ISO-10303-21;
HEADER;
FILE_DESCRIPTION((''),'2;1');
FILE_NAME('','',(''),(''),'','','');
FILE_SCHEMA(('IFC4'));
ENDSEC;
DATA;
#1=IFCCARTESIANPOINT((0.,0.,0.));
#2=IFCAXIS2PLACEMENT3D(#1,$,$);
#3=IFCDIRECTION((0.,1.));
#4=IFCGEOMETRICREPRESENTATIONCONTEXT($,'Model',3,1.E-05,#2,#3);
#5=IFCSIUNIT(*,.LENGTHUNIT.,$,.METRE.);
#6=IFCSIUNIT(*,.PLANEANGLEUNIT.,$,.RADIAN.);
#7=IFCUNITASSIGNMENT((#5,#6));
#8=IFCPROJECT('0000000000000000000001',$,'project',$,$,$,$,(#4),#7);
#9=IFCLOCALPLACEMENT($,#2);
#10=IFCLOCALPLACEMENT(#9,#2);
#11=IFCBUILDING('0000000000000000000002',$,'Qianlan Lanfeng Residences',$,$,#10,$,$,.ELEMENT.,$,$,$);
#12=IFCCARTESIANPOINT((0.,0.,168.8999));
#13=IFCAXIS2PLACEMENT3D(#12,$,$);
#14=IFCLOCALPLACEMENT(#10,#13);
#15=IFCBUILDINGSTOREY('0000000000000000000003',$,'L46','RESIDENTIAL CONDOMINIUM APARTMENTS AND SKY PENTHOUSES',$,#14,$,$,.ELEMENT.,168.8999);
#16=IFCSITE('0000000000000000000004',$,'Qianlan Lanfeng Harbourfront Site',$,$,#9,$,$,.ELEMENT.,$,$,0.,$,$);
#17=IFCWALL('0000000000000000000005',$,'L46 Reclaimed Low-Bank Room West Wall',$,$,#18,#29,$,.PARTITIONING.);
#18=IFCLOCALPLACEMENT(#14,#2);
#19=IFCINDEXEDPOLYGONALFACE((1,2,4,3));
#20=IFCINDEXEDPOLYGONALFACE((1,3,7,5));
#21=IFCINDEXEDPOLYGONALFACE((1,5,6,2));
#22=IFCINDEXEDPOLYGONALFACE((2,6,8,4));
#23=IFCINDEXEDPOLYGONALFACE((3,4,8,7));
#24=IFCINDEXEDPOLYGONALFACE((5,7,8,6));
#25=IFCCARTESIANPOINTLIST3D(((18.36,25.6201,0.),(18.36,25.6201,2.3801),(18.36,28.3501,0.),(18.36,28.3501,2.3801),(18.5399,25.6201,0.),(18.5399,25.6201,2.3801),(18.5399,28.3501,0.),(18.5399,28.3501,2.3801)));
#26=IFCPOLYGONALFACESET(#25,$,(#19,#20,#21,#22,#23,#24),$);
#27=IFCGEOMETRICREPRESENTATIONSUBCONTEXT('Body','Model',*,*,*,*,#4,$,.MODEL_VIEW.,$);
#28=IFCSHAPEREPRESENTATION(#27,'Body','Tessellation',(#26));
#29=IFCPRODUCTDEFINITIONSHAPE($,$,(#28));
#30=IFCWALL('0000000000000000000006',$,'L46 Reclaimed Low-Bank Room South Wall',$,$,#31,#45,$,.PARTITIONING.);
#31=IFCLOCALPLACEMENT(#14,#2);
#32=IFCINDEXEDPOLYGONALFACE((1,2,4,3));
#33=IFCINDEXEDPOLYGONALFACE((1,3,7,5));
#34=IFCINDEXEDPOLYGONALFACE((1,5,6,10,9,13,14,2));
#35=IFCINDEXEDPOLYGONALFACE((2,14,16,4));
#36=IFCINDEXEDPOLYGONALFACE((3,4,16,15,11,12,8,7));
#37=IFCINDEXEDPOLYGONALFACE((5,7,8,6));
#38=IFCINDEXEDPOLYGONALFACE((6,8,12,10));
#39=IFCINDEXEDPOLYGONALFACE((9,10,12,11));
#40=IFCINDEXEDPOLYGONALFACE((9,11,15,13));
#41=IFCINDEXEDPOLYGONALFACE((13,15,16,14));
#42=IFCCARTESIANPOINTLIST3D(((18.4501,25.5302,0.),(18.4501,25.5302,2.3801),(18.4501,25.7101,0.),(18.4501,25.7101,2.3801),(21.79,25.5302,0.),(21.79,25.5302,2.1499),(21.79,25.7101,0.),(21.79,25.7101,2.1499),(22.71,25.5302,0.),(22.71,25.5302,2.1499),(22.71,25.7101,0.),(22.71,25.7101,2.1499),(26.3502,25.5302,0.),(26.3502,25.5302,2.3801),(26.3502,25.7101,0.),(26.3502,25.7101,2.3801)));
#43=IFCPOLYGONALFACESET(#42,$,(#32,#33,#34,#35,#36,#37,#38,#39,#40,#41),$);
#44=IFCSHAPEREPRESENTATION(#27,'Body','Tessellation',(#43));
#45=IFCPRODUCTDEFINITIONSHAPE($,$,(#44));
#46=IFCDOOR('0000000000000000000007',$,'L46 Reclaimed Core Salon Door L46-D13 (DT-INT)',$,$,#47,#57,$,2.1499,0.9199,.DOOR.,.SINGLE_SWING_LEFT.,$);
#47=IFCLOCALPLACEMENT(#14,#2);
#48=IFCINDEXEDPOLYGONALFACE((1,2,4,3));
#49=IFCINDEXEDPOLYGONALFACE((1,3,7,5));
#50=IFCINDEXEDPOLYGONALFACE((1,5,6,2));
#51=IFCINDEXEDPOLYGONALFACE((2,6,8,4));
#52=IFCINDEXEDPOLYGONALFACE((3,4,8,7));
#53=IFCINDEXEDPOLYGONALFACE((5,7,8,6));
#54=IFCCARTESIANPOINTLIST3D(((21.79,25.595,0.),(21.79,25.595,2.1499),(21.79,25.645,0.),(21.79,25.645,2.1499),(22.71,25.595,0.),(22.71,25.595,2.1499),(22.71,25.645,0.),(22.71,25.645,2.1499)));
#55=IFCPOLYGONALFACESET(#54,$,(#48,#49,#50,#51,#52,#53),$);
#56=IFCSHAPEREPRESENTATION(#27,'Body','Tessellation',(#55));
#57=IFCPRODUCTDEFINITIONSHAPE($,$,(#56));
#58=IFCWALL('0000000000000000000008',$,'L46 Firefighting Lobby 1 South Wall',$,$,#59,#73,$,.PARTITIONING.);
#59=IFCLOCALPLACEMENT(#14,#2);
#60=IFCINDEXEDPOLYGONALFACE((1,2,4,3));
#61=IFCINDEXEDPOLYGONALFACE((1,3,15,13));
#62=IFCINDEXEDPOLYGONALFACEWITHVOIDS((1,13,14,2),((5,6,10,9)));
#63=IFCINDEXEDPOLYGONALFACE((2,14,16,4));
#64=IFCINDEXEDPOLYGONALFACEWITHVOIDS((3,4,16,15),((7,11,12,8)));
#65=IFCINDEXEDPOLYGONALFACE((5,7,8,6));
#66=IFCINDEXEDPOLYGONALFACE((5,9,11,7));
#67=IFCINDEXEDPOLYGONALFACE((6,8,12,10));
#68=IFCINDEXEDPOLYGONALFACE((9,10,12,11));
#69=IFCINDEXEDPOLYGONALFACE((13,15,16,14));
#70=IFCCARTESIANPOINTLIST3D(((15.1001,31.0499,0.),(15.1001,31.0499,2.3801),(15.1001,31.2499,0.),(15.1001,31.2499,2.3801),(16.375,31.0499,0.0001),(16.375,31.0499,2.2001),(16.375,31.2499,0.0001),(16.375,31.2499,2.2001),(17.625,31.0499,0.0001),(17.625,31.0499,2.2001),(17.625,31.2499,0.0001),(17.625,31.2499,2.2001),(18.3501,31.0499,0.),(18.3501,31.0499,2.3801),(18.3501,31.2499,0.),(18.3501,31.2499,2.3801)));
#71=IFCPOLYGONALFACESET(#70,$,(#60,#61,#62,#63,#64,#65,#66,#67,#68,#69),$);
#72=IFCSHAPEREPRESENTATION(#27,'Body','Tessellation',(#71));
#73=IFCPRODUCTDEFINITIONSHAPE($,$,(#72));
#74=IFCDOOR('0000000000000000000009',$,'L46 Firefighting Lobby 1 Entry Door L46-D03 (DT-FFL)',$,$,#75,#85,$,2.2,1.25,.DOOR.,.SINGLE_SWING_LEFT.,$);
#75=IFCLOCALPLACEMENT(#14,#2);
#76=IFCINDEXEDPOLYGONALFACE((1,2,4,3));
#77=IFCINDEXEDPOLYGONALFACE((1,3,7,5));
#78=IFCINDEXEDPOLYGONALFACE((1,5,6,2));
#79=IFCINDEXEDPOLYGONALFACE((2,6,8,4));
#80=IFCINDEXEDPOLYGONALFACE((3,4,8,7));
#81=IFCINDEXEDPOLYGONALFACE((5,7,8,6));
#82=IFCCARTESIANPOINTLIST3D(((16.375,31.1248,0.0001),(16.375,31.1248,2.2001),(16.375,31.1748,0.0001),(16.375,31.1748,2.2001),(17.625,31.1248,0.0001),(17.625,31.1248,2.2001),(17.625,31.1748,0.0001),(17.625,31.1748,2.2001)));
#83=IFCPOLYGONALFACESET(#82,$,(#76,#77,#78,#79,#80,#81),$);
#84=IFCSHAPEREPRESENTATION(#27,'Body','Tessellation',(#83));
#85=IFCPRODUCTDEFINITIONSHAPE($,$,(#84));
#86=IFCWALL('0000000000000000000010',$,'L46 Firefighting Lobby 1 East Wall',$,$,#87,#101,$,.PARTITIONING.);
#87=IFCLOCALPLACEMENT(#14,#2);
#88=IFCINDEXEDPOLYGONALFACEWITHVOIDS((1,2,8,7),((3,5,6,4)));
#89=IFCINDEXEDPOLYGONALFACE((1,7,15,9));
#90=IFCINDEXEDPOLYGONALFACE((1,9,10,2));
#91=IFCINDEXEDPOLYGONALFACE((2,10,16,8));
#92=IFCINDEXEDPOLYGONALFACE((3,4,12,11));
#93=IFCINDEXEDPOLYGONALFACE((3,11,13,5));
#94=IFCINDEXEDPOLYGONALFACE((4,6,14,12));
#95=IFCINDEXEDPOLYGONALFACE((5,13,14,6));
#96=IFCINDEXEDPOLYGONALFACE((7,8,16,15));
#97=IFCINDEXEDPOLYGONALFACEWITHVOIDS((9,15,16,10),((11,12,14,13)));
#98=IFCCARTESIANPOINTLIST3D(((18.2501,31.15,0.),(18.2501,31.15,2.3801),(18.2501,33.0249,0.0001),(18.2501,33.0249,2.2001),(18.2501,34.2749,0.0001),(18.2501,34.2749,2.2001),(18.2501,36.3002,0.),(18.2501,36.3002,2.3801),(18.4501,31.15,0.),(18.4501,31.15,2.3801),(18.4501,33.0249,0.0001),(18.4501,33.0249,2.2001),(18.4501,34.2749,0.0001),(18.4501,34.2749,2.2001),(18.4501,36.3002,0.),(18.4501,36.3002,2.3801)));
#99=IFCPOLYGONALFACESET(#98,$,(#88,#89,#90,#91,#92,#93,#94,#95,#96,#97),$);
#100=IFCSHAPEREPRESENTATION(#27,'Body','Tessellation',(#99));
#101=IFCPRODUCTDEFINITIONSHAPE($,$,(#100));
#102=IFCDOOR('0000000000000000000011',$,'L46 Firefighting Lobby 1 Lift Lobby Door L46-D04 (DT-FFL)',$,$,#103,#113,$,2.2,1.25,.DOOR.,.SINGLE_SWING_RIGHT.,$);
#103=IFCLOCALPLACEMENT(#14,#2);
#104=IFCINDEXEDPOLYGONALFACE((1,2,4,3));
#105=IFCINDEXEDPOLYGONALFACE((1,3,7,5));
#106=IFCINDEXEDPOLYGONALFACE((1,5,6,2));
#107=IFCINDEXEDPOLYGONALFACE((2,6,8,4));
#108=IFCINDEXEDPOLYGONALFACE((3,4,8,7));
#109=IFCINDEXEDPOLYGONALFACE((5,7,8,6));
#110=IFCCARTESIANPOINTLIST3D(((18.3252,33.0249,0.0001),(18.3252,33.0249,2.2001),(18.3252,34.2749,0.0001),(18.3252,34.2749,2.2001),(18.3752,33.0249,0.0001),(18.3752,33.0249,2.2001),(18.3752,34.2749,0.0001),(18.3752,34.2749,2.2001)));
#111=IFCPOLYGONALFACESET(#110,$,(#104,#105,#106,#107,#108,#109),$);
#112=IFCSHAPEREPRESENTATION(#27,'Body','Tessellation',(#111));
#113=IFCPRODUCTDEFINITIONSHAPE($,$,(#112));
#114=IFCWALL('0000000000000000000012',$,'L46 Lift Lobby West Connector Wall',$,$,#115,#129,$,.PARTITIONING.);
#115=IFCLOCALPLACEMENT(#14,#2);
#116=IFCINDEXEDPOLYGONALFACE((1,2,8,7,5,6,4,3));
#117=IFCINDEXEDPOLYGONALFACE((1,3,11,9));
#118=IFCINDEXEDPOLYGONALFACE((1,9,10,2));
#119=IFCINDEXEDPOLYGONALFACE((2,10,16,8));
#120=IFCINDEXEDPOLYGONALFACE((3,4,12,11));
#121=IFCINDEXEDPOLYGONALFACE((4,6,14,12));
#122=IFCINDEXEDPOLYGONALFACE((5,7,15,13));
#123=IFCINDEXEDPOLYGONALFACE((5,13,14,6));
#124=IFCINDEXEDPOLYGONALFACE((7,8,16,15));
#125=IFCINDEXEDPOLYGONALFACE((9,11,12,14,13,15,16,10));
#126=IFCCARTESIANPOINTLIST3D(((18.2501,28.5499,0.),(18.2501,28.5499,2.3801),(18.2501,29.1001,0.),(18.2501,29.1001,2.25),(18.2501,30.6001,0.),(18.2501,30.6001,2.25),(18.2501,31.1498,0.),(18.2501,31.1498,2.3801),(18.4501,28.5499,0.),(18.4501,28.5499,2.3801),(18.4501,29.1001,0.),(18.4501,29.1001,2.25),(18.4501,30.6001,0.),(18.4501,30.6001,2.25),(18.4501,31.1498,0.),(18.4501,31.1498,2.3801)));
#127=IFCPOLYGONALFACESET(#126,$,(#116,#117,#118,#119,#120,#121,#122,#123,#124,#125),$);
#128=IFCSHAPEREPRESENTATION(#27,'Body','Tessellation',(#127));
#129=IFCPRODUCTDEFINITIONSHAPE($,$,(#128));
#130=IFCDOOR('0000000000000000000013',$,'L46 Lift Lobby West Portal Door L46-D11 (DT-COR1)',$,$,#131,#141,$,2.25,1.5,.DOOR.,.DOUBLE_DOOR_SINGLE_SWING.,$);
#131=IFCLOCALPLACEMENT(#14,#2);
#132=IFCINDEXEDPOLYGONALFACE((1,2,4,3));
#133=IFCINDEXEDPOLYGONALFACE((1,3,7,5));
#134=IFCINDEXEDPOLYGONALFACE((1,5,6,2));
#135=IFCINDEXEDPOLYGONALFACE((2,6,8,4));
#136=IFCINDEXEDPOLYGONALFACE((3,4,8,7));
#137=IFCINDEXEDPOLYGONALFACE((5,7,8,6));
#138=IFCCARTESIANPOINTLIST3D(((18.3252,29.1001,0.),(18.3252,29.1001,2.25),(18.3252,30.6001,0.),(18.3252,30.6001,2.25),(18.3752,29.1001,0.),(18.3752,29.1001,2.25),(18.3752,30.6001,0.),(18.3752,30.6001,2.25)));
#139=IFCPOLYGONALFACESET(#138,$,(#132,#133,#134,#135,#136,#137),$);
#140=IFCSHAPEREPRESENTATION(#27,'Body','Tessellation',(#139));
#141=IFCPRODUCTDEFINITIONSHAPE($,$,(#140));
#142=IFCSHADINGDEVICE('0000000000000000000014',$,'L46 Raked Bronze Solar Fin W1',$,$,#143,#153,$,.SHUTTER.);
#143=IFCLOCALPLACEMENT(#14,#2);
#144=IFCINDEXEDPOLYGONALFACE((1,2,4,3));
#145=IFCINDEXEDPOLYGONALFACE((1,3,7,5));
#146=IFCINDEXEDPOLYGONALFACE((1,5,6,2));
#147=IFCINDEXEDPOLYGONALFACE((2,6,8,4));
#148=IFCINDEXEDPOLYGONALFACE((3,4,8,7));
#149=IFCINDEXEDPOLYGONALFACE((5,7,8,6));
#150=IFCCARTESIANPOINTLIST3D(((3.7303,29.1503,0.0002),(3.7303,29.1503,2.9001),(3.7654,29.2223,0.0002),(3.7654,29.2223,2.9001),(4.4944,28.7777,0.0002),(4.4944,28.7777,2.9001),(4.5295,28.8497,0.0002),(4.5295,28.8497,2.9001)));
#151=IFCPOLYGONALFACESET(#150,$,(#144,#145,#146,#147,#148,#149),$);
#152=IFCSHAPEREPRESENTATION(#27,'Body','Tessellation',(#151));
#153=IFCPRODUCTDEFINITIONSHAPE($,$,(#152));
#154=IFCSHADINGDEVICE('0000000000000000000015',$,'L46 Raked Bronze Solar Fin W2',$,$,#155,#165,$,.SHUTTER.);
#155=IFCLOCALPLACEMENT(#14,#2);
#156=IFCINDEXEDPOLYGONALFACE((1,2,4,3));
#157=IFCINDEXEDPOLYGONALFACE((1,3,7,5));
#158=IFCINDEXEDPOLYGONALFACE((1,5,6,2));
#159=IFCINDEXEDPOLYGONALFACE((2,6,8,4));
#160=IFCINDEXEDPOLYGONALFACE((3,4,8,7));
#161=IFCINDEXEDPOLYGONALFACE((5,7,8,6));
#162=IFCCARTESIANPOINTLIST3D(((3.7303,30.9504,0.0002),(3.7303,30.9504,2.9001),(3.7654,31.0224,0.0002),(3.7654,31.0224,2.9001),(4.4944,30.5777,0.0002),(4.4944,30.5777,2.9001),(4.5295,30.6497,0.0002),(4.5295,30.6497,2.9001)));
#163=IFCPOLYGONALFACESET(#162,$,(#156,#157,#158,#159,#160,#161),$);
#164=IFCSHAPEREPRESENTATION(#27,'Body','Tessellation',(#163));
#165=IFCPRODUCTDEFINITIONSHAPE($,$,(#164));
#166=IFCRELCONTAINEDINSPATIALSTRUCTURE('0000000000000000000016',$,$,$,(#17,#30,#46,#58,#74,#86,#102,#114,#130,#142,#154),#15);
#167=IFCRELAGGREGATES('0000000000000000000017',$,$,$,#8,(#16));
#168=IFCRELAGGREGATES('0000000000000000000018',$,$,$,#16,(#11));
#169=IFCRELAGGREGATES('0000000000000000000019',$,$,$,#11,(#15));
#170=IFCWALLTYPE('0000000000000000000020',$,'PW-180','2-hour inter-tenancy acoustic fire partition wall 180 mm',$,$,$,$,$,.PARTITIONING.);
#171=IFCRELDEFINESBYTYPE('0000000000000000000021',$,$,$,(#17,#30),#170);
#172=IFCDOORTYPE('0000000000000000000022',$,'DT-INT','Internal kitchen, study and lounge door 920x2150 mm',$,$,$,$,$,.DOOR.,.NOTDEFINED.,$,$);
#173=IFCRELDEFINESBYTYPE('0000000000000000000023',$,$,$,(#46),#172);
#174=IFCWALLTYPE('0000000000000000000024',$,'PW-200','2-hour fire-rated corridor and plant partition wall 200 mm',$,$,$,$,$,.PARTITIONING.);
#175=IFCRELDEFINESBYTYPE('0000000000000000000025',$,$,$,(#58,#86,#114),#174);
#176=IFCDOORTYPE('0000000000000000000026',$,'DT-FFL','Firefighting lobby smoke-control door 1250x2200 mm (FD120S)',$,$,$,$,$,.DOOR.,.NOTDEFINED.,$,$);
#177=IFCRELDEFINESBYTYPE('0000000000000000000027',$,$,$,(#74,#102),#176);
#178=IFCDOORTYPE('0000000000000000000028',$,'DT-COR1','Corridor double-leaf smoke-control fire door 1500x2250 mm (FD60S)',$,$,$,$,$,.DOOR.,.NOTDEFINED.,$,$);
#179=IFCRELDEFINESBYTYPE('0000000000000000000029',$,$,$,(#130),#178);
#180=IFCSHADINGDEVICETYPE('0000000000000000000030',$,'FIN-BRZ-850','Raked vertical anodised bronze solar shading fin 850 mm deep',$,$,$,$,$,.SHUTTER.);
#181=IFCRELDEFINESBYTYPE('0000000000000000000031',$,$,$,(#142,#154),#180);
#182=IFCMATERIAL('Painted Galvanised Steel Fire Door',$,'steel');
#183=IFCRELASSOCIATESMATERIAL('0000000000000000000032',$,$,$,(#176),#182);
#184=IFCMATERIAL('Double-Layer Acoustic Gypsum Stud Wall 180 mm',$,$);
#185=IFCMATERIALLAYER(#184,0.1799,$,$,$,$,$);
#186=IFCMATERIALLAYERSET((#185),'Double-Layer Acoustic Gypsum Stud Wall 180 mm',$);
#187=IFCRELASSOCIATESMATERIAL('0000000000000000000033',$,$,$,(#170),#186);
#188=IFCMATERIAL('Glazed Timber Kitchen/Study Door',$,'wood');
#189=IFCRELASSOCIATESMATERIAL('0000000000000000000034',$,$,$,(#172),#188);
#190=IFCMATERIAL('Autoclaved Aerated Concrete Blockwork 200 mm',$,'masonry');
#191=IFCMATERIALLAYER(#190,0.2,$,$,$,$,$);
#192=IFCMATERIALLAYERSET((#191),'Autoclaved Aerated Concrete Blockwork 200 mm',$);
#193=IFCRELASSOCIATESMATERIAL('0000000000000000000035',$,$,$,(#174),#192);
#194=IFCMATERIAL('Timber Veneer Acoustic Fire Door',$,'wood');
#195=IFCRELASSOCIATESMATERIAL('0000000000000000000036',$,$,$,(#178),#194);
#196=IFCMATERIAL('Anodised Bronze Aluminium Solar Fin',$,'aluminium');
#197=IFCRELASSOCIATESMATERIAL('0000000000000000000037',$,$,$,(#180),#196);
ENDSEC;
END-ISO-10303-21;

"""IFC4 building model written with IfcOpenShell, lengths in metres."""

from ifc_helpers import new_model, si_unit, direction, frame, frame_2d, origin, origin_2d, place, context, subcontext, project, spatial, rectangle, extrude, source, transform, mapped, material, layer, layer_set, type_object, element, fill, save


model = new_model("IFC4")

# Units and contexts
model_context = context("Model", 3, precision=1e-05, world=origin(), true_north=direction((0.0, 1.0)))
body_context = subcontext(model_context, "Body", "Model", "MODEL_VIEW")
ifc_project = project(units=[si_unit("LENGTHUNIT", "METRE"), si_unit("PLANEANGLEUNIT", "RADIAN")], contexts=[model_context])

# Site, building, storey
site_placement = place(None, origin())
site = spatial("IfcSite", under=ifc_project, at=site_placement, Name="Qianlan Lanfeng Harbourfront Site", CompositionType="ELEMENT", RefElevation=0.0)
building_placement = place(site_placement, origin())
building = spatial("IfcBuilding", under=site, at=building_placement, Name="Qianlan Lanfeng Residences", CompositionType="ELEMENT")
storey_placement = place(building_placement, frame((0.0, 0.0, 168.8999)))
storey = spatial("IfcBuildingStorey", under=building, at=storey_placement, Name="L46", Description="RESIDENTIAL CONDOMINIUM APARTMENTS AND SKY PENTHOUSES", CompositionType="ELEMENT", Elevation=168.8999)

# Shared definitions
ifc_material_1 = material(Name="Painted Galvanised Steel Fire Door", Category="steel")

# Shared definitions
door_type_1 = type_object("IfcDoorType", Name="DT-FFL", Description="Firefighting lobby smoke-control door 1250x2200 mm (FD120S)", OperationType="NOTDEFINED", PredefinedType="DOOR", material=ifc_material_1)
ifc_material_2 = material(Name="Double-Layer Acoustic Gypsum Stud Wall 180 mm")
ifc_layer_1 = layer(ifc_material_2, 0.1799)
ifc_layer_set_1 = layer_set([ifc_layer_1], Name="Double-Layer Acoustic Gypsum Stud Wall 180 mm")
wall_type_1 = type_object("IfcWallType", Name="PW-180", Description="2-hour inter-tenancy acoustic fire partition wall 180 mm", PredefinedType="PARTITIONING", material=ifc_layer_set_1)
ifc_material_3 = material(Name="Glazed Timber Kitchen/Study Door", Category="wood")
door_type_2 = type_object("IfcDoorType", Name="DT-INT", Description="Internal kitchen, study and lounge door 920x2150 mm", OperationType="NOTDEFINED", PredefinedType="DOOR", material=ifc_material_3)

# Wall
wall_1_placement = place(storey_placement, frame((18.45, 25.6201, 0.0), z_axis=(0.0, 0.0, 1.0), x_axis=(0.0, 1.0, 0.0)))
element("IfcWall", 1, at=wall_1_placement, inside=storey, type_object=wall_type_1, Name="L46 Reclaimed Low-Bank Room West Wall", PredefinedType="PARTITIONING", context=body_context, shape_type="SweptSolid", body=[
    extrude(rectangle(XDim=2.73, YDim=0.1799, at=frame_2d((1.365, 0.0))), origin(), (0.0, 0.0, 1.0), 2.3801),
])

# Walls, openings, doors
wall_2_placement = place(storey_placement, frame((18.45, 25.6201, 0.0), z_axis=(0.0, 0.0, 1.0), x_axis=(1.0, 0.0, 0.0)))
wall_2 = element("IfcWall", 2, at=wall_2_placement, inside=storey, type_object=wall_type_1, Name="L46 Reclaimed Low-Bank Room South Wall", PredefinedType="PARTITIONING", context=body_context, shape_type="SweptSolid", body=[
    extrude(rectangle(XDim=7.9001, YDim=0.1799, at=frame_2d((3.9502, 0.0))), origin(), (0.0, 0.0, 1.0), 2.3801),
])
opening_1_placement = place(wall_2_placement, frame((3.3401, 0.0, 0.0)))
opening_1 = element("IfcOpeningElement", 3, at=opening_1_placement, cuts=wall_2, PredefinedType="OPENING", context=body_context, shape_type="SweptSolid", body=[
    extrude(rectangle(XDim=0.9199, YDim=2.1499, at=frame_2d((0.46, 1.075))), frame((0.0, 0.1001, 0.0), z_axis=(0.0, -1.0, 0.0), x_axis=(1.0, 0.0, 0.0)), (0.0, 0.0, 1.0), 0.2),
])
door_1_placement = place(opening_1_placement, origin())
door_1 = element("IfcDoor", 4, at=door_1_placement, inside=storey, type_object=door_type_2, Name="L46 Reclaimed Core Salon Door L46-D13 (DT-INT)", OperationType="SINGLE_SWING_LEFT", OverallHeight=2.1499, OverallWidth=0.9199, PredefinedType="DOOR", context=body_context, shape_type="SweptSolid", body=[
    extrude(rectangle(XDim=0.9199, YDim=2.1499, at=frame_2d((0.46, 1.075))), frame((0.0, 0.0249, 0.0), z_axis=(0.0, -1.0, 0.0), x_axis=(1.0, 0.0, 0.0)), (0.0, 0.0, 1.0), 0.05),
])
fill(opening_1, door_1)
ifc_material_4 = material(Name="Autoclaved Aerated Concrete Blockwork 200 mm", Category="masonry")
ifc_layer_2 = layer(ifc_material_4, 0.2)
ifc_layer_set_2 = layer_set([ifc_layer_2], Name="Autoclaved Aerated Concrete Blockwork 200 mm")
wall_type_2 = type_object("IfcWallType", Name="PW-200", Description="2-hour fire-rated corridor and plant partition wall 200 mm", PredefinedType="PARTITIONING", material=ifc_layer_set_2)
wall_3_placement = place(storey_placement, frame((15.1001, 31.1499, 0.0), z_axis=(0.0, 0.0, 1.0), x_axis=(1.0, 0.0, 0.0)))
wall_3 = element("IfcWall", 5, at=wall_3_placement, inside=storey, type_object=wall_type_2, Name="L46 Firefighting Lobby 1 South Wall", PredefinedType="PARTITIONING", context=body_context, shape_type="SweptSolid", body=[
    extrude(rectangle(XDim=3.25, YDim=0.2, at=frame_2d((1.625, 0.0))), origin(), (0.0, 0.0, 1.0), 2.3801),
])
opening_2_placement = place(wall_3_placement, frame((1.2749, 0.0, 0.0)))
opening_2 = element("IfcOpeningElement", 6, at=opening_2_placement, cuts=wall_3, PredefinedType="OPENING", context=body_context, shape_type="SweptSolid", body=[
    extrude(rectangle(XDim=1.25, YDim=2.2, at=frame_2d((0.625, 1.1001))), frame((0.0, 0.1099, 0.0), z_axis=(0.0, -1.0, 0.0), x_axis=(1.0, 0.0, 0.0)), (0.0, 0.0, 1.0), 0.22),
])
door_2_placement = place(opening_2_placement, origin())
door_2 = element("IfcDoor", 7, at=door_2_placement, inside=storey, type_object=door_type_1, Name="L46 Firefighting Lobby 1 Entry Door L46-D03 (DT-FFL)", OperationType="SINGLE_SWING_LEFT", OverallHeight=2.2, OverallWidth=1.25, PredefinedType="DOOR", context=body_context, shape_type="SweptSolid", body=[
    extrude(rectangle(XDim=1.25, YDim=2.2, at=frame_2d((0.625, 1.1001))), frame((0.0, 0.0249, 0.0), z_axis=(0.0, -1.0, 0.0), x_axis=(1.0, 0.0, 0.0)), (0.0, 0.0, 1.0), 0.05),
])
fill(opening_2, door_2)
wall_4_placement = place(storey_placement, frame((18.3501, 31.1499, 0.0), z_axis=(0.0, 0.0, 1.0), x_axis=(0.0, 1.0, 0.0)))
wall_4 = element("IfcWall", 8, at=wall_4_placement, inside=storey, type_object=wall_type_2, Name="L46 Firefighting Lobby 1 East Wall", PredefinedType="PARTITIONING", context=body_context, shape_type="SweptSolid", body=[
    extrude(rectangle(XDim=5.1501, YDim=0.2, at=frame_2d((2.5752, 0.0))), origin(), (0.0, 0.0, 1.0), 2.3801),
])
opening_3_placement = place(wall_4_placement, frame((1.875, 0.0, 0.0)))
opening_3 = element("IfcOpeningElement", 9, at=opening_3_placement, cuts=wall_4, PredefinedType="OPENING", context=body_context, shape_type="SweptSolid", body=[
    extrude(rectangle(XDim=1.25, YDim=2.2, at=frame_2d((0.625, 1.1001))), frame((0.0, 0.1099, 0.0), z_axis=(0.0, -1.0, 0.0), x_axis=(1.0, 0.0, 0.0)), (0.0, 0.0, 1.0), 0.22),
])
door_3_placement = place(opening_3_placement, origin())
door_3 = element("IfcDoor", 10, at=door_3_placement, inside=storey, type_object=door_type_1, Name="L46 Firefighting Lobby 1 Lift Lobby Door L46-D04 (DT-FFL)", OperationType="SINGLE_SWING_RIGHT", OverallHeight=2.2, OverallWidth=1.25, PredefinedType="DOOR", context=body_context, shape_type="SweptSolid", body=[
    extrude(rectangle(XDim=1.25, YDim=2.2, at=frame_2d((0.625, 1.1001))), frame((0.0, 0.0249, 0.0), z_axis=(0.0, -1.0, 0.0), x_axis=(1.0, 0.0, 0.0)), (0.0, 0.0, 1.0), 0.05),
])
fill(opening_3, door_3)
wall_5_placement = place(storey_placement, frame((18.3501, 28.55, 0.0), z_axis=(0.0, 0.0, 1.0), x_axis=(0.0, 1.0, 0.0)))
wall_5 = element("IfcWall", 11, at=wall_5_placement, inside=storey, type_object=wall_type_2, Name="L46 Lift Lobby West Connector Wall", PredefinedType="PARTITIONING", context=body_context, shape_type="SweptSolid", body=[
    extrude(rectangle(XDim=2.5999, YDim=0.2, at=frame_2d((1.2998, 0.0))), origin(), (0.0, 0.0, 1.0), 2.3801),
])
opening_4_placement = place(wall_5_placement, frame((0.55, 0.0, 0.0)))
opening_4 = element("IfcOpeningElement", 12, at=opening_4_placement, cuts=wall_5, PredefinedType="OPENING", context=body_context, shape_type="SweptSolid", body=[
    extrude(rectangle(XDim=1.5, YDim=2.25, at=frame_2d((0.75, 1.125))), frame((0.0, 0.1099, 0.0), z_axis=(0.0, -1.0, 0.0), x_axis=(1.0, 0.0, 0.0)), (0.0, 0.0, 1.0), 0.22),
])
ifc_material_5 = material(Name="Timber Veneer Acoustic Fire Door", Category="wood")
door_type_3 = type_object("IfcDoorType", Name="DT-COR1", Description="Corridor double-leaf smoke-control fire door 1500x2250 mm (FD60S)", OperationType="NOTDEFINED", PredefinedType="DOOR", material=ifc_material_5)
door_4_placement = place(opening_4_placement, origin())
door_4 = element("IfcDoor", 13, at=door_4_placement, inside=storey, type_object=door_type_3, Name="L46 Lift Lobby West Portal Door L46-D11 (DT-COR1)", OperationType="DOUBLE_DOOR_SINGLE_SWING", OverallHeight=2.25, OverallWidth=1.5, PredefinedType="DOOR", context=body_context, shape_type="SweptSolid", body=[
    extrude(rectangle(XDim=1.5, YDim=2.25, at=frame_2d((0.75, 1.125))), frame((0.0, 0.0249, 0.0), z_axis=(0.0, -1.0, 0.0), x_axis=(1.0, 0.0, 0.0)), (0.0, 0.0, 1.0), 0.05),
])
fill(opening_4, door_4)

# Shading devices
ifc_material_6 = material(Name="Anodised Bronze Aluminium Solar Fin", Category="aluminium")
shading_device_type = type_object("IfcShadingDeviceType", Name="FIN-BRZ-850", Description="Raked vertical anodised bronze solar shading fin 850 mm deep", PredefinedType="SHUTTER", material=ifc_material_6)
shared_shape_1 = source(origin(), body_context, "Body", "SweptSolid", [
    extrude(rectangle(XDim=0.8501, YDim=0.0801, at=origin_2d()), origin(), (0.0, 0.0, 1.0), 2.8999),
])
for number, where, z_axis, x_axis, name in (
    (14, (4.1299, 29.0, 0.0002), (0.0, 0.0, 1.0), (0.898794, -0.438371, 0.0), "L46 Raked Bronze Solar Fin W1"),
    (15, (4.1299, 30.8, 0.0002), (0.0, 0.0, 1.0), (0.898794, -0.438371, 0.0), "L46 Raked Bronze Solar Fin W2"),
):
    element("IfcShadingDevice", number, at=place(storey_placement, frame(where, z_axis=z_axis, x_axis=x_axis)), inside=storey, type_object=shading_device_type, Name=name, PredefinedType="SHUTTER", context=body_context, shape_type="MappedRepresentation", body=[
        mapped(shared_shape_1, transform((0.0, 0.0, 0.0), scale=1.0)),
    ])

save(model, "model.ifc")
